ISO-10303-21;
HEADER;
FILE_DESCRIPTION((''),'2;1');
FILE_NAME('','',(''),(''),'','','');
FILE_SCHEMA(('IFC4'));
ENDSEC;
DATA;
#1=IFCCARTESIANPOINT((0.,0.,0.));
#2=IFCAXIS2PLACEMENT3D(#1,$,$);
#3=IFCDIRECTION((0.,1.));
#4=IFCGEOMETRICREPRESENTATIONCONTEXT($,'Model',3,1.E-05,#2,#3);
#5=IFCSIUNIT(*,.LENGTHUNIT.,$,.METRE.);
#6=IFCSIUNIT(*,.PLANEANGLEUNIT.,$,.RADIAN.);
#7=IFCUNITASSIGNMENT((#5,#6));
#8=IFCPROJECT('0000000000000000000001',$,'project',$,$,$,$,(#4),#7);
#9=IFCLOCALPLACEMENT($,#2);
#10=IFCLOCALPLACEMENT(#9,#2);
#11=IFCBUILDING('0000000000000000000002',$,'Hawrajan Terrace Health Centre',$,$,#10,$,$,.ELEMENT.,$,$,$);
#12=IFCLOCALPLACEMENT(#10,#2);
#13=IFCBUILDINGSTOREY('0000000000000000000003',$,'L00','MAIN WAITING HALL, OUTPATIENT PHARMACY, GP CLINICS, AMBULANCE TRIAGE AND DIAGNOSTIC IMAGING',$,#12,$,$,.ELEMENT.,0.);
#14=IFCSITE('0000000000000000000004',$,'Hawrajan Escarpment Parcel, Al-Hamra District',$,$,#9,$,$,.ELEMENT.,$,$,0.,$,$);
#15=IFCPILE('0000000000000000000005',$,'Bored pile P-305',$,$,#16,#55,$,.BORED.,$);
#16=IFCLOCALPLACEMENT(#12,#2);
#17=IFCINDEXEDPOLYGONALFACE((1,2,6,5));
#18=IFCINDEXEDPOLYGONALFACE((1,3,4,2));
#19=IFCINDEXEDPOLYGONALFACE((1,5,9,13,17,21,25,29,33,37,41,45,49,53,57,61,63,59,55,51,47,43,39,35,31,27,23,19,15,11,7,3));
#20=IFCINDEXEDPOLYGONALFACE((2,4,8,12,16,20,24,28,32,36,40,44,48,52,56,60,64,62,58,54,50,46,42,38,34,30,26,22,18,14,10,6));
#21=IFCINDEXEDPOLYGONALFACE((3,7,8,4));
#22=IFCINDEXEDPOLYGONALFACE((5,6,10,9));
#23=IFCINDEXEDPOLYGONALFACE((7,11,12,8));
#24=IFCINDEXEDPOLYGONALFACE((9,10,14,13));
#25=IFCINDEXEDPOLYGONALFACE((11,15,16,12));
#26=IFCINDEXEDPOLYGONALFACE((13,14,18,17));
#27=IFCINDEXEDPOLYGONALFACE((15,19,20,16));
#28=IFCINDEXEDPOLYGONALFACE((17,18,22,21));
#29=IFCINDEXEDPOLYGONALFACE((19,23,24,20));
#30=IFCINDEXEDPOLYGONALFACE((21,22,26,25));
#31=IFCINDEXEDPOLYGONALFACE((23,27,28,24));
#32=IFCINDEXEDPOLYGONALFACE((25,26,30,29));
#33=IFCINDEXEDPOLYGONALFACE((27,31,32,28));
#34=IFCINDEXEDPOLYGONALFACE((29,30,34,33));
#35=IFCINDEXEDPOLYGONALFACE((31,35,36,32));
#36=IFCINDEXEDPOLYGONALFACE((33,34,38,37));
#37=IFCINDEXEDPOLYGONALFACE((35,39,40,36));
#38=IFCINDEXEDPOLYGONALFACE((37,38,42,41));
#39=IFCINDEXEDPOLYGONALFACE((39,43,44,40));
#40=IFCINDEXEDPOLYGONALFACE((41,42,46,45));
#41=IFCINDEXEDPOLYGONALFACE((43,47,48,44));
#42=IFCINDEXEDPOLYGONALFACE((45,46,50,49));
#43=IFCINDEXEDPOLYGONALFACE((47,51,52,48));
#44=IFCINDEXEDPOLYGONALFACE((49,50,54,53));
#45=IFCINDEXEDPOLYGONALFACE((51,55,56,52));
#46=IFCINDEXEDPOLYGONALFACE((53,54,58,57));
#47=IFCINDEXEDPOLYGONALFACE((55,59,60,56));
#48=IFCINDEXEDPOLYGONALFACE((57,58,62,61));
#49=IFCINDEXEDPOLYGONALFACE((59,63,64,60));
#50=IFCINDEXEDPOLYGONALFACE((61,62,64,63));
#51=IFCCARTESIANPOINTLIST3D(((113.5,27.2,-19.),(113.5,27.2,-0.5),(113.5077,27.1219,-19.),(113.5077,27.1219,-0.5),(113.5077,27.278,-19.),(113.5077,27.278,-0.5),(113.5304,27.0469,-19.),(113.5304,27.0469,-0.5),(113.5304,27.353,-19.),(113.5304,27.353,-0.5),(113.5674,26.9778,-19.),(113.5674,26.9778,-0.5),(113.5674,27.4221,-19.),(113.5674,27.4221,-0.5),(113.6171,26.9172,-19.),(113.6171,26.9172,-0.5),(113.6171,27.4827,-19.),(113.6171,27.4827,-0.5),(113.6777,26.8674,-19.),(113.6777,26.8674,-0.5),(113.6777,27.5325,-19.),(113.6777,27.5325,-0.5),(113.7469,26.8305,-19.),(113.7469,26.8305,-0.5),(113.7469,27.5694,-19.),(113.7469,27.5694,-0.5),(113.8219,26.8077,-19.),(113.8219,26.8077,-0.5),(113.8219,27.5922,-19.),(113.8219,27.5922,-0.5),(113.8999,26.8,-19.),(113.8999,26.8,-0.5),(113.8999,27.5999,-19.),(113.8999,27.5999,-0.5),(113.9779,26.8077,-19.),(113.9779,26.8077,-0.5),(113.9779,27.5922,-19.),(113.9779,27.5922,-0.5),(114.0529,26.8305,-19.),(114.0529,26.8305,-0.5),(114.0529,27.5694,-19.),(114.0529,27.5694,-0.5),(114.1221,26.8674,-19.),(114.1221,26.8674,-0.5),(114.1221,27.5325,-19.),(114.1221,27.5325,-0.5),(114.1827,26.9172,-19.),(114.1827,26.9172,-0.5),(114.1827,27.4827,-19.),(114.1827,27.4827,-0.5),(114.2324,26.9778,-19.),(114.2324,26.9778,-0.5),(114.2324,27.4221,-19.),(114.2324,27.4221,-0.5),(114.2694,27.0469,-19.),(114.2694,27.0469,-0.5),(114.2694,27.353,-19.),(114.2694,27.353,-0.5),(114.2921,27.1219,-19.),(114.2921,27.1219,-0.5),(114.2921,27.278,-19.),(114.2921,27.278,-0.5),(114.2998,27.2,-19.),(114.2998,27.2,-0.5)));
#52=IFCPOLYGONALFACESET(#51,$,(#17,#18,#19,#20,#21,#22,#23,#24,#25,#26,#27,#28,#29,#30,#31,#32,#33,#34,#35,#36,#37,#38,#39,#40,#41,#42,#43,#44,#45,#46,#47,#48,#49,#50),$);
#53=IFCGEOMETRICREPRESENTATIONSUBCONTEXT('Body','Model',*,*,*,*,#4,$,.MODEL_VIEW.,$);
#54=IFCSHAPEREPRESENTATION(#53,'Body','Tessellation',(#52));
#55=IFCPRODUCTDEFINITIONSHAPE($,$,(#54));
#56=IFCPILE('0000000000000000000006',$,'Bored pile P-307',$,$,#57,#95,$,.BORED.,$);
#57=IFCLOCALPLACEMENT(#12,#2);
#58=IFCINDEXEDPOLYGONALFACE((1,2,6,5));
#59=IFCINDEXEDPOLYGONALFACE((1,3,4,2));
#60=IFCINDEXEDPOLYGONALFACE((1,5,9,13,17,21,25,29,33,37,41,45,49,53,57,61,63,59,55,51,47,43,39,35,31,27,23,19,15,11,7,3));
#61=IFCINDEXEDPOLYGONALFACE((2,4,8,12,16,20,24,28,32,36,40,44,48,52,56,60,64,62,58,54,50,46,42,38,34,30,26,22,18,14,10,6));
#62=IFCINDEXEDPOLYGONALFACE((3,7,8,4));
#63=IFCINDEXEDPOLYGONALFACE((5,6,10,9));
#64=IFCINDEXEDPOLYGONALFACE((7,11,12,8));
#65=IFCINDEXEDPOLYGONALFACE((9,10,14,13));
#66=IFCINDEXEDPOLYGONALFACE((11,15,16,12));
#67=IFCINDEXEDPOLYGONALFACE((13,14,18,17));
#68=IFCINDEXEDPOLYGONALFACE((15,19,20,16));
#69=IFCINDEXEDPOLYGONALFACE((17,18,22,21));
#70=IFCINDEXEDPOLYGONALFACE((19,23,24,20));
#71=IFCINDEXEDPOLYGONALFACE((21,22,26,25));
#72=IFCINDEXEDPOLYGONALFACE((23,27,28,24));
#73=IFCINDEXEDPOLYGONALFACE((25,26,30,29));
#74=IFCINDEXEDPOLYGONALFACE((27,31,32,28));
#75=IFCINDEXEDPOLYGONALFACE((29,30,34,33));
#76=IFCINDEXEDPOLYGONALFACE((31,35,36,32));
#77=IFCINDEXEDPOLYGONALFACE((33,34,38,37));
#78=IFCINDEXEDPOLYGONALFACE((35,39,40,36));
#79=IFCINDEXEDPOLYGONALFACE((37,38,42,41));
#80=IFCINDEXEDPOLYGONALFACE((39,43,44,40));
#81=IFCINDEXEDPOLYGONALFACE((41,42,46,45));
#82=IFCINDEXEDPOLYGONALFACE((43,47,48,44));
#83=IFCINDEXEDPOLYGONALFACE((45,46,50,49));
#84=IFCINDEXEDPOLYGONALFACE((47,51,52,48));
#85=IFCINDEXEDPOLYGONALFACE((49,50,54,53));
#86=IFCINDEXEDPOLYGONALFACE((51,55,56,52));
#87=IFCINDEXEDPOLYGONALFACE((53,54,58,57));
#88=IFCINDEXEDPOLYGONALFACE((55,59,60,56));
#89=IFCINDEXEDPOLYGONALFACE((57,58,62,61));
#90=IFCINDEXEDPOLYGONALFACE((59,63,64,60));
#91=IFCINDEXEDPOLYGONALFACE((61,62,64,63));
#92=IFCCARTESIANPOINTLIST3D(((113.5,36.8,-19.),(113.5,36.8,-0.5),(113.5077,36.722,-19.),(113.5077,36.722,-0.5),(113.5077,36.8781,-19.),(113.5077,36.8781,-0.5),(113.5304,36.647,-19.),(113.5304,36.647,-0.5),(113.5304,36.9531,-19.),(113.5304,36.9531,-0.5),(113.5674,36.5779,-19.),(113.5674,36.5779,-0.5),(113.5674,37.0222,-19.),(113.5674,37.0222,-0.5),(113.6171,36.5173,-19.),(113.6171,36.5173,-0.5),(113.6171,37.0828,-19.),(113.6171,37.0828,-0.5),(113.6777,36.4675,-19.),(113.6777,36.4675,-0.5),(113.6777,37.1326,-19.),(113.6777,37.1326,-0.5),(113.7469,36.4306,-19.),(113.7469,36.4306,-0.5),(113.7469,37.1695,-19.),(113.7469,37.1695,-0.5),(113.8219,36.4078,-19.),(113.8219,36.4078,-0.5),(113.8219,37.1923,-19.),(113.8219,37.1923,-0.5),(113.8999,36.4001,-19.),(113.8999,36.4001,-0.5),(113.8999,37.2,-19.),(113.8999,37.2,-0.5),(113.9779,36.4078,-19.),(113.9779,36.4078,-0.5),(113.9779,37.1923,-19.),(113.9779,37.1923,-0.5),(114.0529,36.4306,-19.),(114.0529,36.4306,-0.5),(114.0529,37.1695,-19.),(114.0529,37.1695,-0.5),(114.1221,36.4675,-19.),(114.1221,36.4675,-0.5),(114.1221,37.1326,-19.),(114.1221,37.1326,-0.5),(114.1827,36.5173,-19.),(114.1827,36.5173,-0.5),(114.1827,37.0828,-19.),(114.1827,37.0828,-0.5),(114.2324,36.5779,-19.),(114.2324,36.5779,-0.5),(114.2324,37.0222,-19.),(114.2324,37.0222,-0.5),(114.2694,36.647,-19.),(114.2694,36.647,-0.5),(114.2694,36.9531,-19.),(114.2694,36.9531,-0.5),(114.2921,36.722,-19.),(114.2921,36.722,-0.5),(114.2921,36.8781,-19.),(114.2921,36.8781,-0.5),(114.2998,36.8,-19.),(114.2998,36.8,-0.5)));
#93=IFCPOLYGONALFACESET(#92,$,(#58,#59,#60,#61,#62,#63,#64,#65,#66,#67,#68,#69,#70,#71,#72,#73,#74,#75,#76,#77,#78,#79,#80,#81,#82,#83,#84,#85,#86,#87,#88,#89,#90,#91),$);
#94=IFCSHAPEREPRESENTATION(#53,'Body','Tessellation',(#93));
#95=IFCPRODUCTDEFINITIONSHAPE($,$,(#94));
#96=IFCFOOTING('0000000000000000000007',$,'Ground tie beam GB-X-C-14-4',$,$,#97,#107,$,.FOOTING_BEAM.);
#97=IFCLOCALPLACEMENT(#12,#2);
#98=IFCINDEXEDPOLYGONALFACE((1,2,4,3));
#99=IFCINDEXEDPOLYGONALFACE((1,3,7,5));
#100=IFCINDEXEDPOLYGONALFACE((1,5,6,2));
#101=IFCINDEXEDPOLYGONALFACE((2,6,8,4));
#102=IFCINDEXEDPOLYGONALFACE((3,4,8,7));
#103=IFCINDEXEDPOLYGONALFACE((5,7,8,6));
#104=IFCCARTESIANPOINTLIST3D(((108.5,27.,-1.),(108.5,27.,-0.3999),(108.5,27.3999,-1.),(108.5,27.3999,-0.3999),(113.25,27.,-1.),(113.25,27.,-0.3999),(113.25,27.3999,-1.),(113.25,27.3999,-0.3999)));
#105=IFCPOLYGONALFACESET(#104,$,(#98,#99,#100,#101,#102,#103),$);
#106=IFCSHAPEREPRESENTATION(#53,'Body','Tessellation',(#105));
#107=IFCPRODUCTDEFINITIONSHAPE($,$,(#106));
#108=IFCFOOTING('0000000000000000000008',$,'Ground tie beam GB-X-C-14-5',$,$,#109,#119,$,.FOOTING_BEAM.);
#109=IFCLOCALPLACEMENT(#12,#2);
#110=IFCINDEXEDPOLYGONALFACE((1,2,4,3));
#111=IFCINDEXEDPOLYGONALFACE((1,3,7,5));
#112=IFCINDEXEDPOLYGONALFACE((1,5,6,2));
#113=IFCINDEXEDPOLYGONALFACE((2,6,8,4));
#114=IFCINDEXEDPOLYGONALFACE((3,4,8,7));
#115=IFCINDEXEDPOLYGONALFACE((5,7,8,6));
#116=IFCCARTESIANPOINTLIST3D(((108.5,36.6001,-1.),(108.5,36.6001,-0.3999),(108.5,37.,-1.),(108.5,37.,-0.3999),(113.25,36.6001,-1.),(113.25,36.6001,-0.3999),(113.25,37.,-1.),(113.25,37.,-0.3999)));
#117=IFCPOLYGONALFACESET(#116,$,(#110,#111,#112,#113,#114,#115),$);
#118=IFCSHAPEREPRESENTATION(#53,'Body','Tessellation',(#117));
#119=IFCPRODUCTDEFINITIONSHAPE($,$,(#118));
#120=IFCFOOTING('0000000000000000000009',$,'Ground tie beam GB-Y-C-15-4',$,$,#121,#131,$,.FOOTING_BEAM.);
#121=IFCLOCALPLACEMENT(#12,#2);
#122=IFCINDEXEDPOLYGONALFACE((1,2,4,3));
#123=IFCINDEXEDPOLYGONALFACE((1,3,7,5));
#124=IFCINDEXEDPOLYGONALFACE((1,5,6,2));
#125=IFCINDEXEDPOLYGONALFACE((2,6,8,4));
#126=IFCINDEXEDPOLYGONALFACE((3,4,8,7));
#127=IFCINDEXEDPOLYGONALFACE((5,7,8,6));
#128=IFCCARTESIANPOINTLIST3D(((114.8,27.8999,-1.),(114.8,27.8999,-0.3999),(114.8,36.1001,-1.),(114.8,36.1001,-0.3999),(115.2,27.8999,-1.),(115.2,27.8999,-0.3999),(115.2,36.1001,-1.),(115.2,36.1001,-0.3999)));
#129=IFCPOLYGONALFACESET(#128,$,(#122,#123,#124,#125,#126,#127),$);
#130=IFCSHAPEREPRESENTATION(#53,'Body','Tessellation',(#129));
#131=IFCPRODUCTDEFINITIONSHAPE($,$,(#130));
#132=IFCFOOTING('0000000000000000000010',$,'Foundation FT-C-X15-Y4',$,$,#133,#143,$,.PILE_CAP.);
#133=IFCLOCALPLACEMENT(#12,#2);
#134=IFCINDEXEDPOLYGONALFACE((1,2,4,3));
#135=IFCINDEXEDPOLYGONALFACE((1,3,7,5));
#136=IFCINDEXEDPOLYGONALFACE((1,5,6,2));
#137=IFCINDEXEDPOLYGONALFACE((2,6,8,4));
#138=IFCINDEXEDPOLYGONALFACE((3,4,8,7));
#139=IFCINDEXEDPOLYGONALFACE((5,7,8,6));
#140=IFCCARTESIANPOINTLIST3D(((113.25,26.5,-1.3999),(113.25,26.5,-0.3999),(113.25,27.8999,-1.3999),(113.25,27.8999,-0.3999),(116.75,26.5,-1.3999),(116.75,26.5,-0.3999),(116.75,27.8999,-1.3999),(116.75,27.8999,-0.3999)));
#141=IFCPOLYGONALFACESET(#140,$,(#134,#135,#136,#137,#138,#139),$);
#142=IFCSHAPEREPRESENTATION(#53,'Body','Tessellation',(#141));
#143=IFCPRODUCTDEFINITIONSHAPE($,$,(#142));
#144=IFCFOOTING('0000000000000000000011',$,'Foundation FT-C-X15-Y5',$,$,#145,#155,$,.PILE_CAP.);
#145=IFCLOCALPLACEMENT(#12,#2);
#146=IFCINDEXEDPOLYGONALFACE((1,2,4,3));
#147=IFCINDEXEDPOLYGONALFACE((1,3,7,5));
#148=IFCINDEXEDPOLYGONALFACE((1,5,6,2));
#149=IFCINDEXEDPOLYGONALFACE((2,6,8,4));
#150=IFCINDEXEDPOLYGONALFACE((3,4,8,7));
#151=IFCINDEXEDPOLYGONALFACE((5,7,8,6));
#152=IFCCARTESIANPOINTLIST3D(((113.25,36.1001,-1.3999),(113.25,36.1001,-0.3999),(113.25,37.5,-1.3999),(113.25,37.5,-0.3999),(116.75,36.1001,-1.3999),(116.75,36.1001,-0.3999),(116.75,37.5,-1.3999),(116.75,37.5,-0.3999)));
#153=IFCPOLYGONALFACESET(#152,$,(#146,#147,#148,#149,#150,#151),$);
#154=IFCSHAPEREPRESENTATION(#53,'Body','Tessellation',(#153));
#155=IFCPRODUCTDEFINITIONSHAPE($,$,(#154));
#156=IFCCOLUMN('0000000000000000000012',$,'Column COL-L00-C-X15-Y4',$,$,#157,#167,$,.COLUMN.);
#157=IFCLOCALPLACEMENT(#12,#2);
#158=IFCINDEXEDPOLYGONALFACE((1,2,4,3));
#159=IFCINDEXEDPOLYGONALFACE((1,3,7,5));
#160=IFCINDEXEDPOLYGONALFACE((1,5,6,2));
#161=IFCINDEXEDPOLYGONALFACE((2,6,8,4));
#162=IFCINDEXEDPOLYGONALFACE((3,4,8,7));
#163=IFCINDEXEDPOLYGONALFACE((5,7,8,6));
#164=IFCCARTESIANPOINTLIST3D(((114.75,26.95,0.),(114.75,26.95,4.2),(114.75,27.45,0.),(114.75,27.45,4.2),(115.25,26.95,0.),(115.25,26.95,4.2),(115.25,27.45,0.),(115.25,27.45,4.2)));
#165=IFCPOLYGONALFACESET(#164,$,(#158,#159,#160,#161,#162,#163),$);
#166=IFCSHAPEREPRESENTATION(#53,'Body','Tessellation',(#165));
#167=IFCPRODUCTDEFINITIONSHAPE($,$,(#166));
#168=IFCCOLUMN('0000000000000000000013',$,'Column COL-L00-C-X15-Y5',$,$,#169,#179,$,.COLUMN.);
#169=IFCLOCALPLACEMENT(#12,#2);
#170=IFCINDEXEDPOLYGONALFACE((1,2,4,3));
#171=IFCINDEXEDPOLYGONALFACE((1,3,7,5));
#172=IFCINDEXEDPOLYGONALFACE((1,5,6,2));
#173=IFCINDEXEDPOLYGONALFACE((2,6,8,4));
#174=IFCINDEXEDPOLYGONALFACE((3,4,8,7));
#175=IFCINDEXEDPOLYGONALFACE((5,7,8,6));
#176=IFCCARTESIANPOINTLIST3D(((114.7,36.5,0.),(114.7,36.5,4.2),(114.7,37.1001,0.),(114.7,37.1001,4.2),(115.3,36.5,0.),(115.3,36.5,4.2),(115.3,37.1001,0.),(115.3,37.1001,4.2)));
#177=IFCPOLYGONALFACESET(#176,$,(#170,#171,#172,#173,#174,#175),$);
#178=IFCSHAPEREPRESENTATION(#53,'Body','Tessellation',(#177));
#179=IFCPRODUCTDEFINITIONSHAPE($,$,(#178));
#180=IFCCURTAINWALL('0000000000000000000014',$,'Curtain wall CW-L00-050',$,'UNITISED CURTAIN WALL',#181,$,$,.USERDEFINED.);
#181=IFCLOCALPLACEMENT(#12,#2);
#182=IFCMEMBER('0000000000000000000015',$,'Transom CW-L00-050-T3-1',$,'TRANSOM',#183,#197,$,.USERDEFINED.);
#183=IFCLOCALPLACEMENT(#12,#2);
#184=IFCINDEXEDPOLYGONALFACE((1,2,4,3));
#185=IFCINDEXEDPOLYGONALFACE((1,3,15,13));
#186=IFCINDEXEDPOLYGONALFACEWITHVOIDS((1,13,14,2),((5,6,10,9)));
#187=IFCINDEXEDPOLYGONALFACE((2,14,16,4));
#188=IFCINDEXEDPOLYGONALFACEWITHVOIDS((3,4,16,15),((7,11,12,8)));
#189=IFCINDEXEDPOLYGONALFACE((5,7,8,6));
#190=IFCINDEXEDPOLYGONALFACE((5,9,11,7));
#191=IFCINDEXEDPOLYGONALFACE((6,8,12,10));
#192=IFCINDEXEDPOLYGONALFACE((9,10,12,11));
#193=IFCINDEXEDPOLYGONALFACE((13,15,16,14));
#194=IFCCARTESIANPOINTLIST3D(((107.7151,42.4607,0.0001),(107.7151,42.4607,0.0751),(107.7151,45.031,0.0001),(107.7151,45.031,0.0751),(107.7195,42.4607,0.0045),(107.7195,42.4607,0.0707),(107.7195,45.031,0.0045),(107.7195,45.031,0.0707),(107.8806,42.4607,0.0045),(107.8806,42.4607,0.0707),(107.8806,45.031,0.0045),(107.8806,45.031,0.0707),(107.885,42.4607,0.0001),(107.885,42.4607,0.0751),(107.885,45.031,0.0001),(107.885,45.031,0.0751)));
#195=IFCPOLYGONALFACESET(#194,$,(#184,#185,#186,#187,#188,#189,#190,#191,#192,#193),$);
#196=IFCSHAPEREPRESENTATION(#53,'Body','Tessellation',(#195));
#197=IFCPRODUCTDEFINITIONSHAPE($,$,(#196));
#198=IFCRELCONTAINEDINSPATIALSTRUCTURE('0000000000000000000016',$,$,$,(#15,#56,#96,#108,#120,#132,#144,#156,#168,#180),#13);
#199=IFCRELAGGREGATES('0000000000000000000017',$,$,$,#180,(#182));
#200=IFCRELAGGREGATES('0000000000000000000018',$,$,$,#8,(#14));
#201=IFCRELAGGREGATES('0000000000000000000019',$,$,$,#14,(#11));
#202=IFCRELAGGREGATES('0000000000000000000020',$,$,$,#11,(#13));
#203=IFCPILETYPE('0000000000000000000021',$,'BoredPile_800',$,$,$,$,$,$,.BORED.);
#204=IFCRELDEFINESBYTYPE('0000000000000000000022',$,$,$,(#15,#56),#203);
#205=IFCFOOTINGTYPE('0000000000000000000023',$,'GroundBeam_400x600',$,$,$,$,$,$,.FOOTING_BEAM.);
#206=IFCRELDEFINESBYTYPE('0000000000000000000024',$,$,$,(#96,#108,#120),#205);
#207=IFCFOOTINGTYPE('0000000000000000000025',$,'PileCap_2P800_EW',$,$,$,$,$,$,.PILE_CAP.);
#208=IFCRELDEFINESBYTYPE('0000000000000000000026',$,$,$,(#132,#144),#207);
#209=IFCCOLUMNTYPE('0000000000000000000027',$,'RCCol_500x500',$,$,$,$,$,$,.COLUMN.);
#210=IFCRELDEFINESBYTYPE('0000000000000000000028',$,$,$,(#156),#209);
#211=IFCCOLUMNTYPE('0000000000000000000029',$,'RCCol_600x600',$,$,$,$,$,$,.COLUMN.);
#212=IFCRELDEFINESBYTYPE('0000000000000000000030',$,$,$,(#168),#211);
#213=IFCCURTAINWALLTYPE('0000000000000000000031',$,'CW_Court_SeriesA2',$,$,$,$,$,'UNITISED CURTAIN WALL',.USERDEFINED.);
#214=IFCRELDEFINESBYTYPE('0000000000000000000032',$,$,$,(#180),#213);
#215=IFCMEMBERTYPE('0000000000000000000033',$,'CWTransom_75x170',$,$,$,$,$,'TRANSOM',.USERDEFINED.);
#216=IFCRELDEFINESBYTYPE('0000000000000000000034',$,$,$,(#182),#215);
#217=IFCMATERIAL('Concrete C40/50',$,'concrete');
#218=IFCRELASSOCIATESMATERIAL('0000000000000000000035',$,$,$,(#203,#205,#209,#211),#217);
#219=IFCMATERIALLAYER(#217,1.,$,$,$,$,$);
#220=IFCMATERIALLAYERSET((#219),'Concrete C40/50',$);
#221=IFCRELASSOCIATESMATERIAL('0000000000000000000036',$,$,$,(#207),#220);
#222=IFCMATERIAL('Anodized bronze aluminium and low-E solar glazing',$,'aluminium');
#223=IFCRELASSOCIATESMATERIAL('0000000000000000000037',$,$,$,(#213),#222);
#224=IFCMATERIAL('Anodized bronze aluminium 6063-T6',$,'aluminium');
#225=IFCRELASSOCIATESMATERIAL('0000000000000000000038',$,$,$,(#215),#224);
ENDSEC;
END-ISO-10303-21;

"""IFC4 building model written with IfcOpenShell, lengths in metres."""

from ifc_helpers import new_model, si_unit, direction, frame, origin, origin_2d, place, context, subcontext, project, spatial, rectangle, hollow_rectangle, circle, extrude, material, layer, layer_set, material_profile, profile_set, type_object, element, aggregate, save


model = new_model("IFC4")

# Units and contexts
model_context = context("Model", 3, precision=1e-05, world=origin(), true_north=direction((0.0, 1.0)))
body_context = subcontext(model_context, "Body", "Model", "MODEL_VIEW")
ifc_project = project(units=[si_unit("LENGTHUNIT", "METRE"), si_unit("PLANEANGLEUNIT", "RADIAN")], contexts=[model_context])

# Site, building, storey
site_placement = place(None, origin())
site = spatial("IfcSite", under=ifc_project, at=site_placement, Name="Hawrajan Escarpment Parcel, Al-Hamra District", CompositionType="ELEMENT", RefElevation=0.0)
building_placement = place(site_placement, origin())
building = spatial("IfcBuilding", under=site, at=building_placement, Name="Hawrajan Terrace Health Centre", CompositionType="ELEMENT")
storey_placement = place(building_placement, origin())
storey = spatial("IfcBuildingStorey", under=building, at=storey_placement, Name="L00", Description="MAIN WAITING HALL, OUTPATIENT PHARMACY, GP CLINICS, AMBULANCE TRIAGE AND DIAGNOSTIC IMAGING", CompositionType="ELEMENT", Elevation=0.0)

# Piles
ifc_material_1 = material(Name="Concrete C40/50", Category="concrete")
ifc_material_profile_1 = material_profile(ifc_material_1, circle(Radius=0.3999, at=origin_2d()), Name="BP 800")
ifc_profile_set_1 = profile_set([ifc_material_profile_1], Name="Concrete C40/50")
pile_type = type_object("IfcPileType", Name="BoredPile_800", PredefinedType="BORED", material=ifc_profile_set_1)
for number, where, z_axis, x_axis, name in (
    (1, (113.8999, 27.2, -0.5), (0.0, 0.0, -1.0), (1.0, 0.0, 0.0), "Bored pile P-305"),
    (2, (113.8999, 36.8, -0.5), (0.0, 0.0, -1.0), (1.0, 0.0, 0.0), "Bored pile P-307"),
):
    element("IfcPile", number, at=place(storey_placement, frame(where, z_axis=z_axis, x_axis=x_axis)), inside=storey, type_object=pile_type, Name=name, PredefinedType="BORED", context=body_context, shape_type="SweptSolid", body=[
        extrude(circle(Radius=0.3999, at=origin_2d()), origin(), (0.0, 0.0, 1.0), 18.5),
    ])

# Footings
ifc_material_profile_2 = material_profile(ifc_material_1, rectangle(XDim=0.3999, YDim=0.6001, at=origin_2d()), Name="RC BM 400x600")
ifc_profile_set_2 = profile_set([ifc_material_profile_2], Name="Concrete C40/50")
footing_type_1 = type_object("IfcFootingType", Name="GroundBeam_400x600", PredefinedType="FOOTING_BEAM", material=ifc_profile_set_2)
for number, where, z_axis, x_axis, name in (
    (3, (108.5, 27.2, -0.7), (1.0, 0.0, 0.0), (0.0, 1.0, 0.0), "Ground tie beam GB-X-C-14-4"),
    (4, (108.5, 36.8, -0.7), (1.0, 0.0, 0.0), (0.0, 1.0, 0.0), "Ground tie beam GB-X-C-14-5"),
):
    element("IfcFooting", number, at=place(storey_placement, frame(where, z_axis=z_axis, x_axis=x_axis)), inside=storey, type_object=footing_type_1, Name=name, PredefinedType="FOOTING_BEAM", context=body_context, shape_type="SweptSolid", body=[
        extrude(rectangle(XDim=0.3999, YDim=0.6001, at=origin_2d()), origin(), (0.0, 0.0, 1.0), 4.75),
    ])
footing_placement = place(storey_placement, frame((115.0, 27.8999, -0.7), z_axis=(0.0, 1.0, 0.0), x_axis=(-1.0, 0.0, 0.0)))
element("IfcFooting", 5, at=footing_placement, inside=storey, type_object=footing_type_1, Name="Ground tie beam GB-Y-C-15-4", PredefinedType="FOOTING_BEAM", context=body_context, shape_type="SweptSolid", body=[
    extrude(rectangle(XDim=0.3999, YDim=0.6001, at=origin_2d()), origin(), (0.0, 0.0, 1.0), 8.2002),
])
ifc_layer_1 = layer(ifc_material_1, 1.0)
ifc_layer_set_1 = layer_set([ifc_layer_1], Name="Concrete C40/50")
footing_type_2 = type_object("IfcFootingType", Name="PileCap_2P800_EW", PredefinedType="PILE_CAP", material=ifc_layer_set_1)
for number, where, z_axis, x_axis, name in (
    (6, (115.0, 27.2, -1.3999), (0.0, 0.0, 1.0), (1.0, 0.0, 0.0), "Foundation FT-C-X15-Y4"),
    (7, (115.0, 36.8, -1.3999), (0.0, 0.0, 1.0), (1.0, 0.0, 0.0), "Foundation FT-C-X15-Y5"),
):
    element("IfcFooting", number, at=place(storey_placement, frame(where, z_axis=z_axis, x_axis=x_axis)), inside=storey, type_object=footing_type_2, Name=name, PredefinedType="PILE_CAP", context=body_context, shape_type="SweptSolid", body=[
        extrude(rectangle(XDim=3.5, YDim=1.3999, at=origin_2d()), origin(), (0.0, 0.0, 1.0), 1.0),
    ])

# Columns
ifc_material_profile_3 = material_profile(ifc_material_1, rectangle(XDim=0.5, YDim=0.5, at=origin_2d()), Name="RC 500x500")
ifc_profile_set_3 = profile_set([ifc_material_profile_3], Name="Concrete C40/50")
column_type_1 = type_object("IfcColumnType", Name="RCCol_500x500", PredefinedType="COLUMN", material=ifc_profile_set_3)
column_1_placement = place(storey_placement, frame((115.0, 27.2, 0.0), z_axis=(0.0, 0.0, 1.0), x_axis=(1.0, 0.0, 0.0)))
element("IfcColumn", 8, at=column_1_placement, inside=storey, type_object=column_type_1, Name="Column COL-L00-C-X15-Y4", PredefinedType="COLUMN", context=body_context, shape_type="SweptSolid", body=[
    extrude(rectangle(XDim=0.5, YDim=0.5, at=origin_2d()), origin(), (0.0, 0.0, 1.0), 4.2),
])
ifc_material_profile_4 = material_profile(ifc_material_1, rectangle(XDim=0.6001, YDim=0.6001, at=origin_2d()), Name="RC 600x600")
ifc_profile_set_4 = profile_set([ifc_material_profile_4], Name="Concrete C40/50")
column_type_2 = type_object("IfcColumnType", Name="RCCol_600x600", PredefinedType="COLUMN", material=ifc_profile_set_4)
column_2_placement = place(storey_placement, frame((115.0, 36.8, 0.0), z_axis=(0.0, 0.0, 1.0), x_axis=(1.0, 0.0, 0.0)))
element("IfcColumn", 9, at=column_2_placement, inside=storey, type_object=column_type_2, Name="Column COL-L00-C-X15-Y5", PredefinedType="COLUMN", context=body_context, shape_type="SweptSolid", body=[
    extrude(rectangle(XDim=0.6001, YDim=0.6001, at=origin_2d()), origin(), (0.0, 0.0, 1.0), 4.2),
])

# Curtain wall, member
ifc_material_2 = material(Name="Anodized bronze aluminium and low-E solar glazing", Category="aluminium")
curtain_wall_type = type_object("IfcCurtainWallType", Name="CW_Court_SeriesA2", ElementType="UNITISED CURTAIN WALL", PredefinedType="USERDEFINED", material=ifc_material_2)
curtain_wall_placement = place(storey_placement, origin())
curtain_wall = element("IfcCurtainWall", 10, at=curtain_wall_placement, inside=storey, type_object=curtain_wall_type, Name="Curtain wall CW-L00-050", ObjectType="UNITISED CURTAIN WALL", PredefinedType="USERDEFINED")
ifc_material_3 = material(Name="Anodized bronze aluminium 6063-T6", Category="aluminium")
ifc_material_profile_5 = material_profile(ifc_material_3, hollow_rectangle(XDim=0.075, YDim=0.1699, WallThickness=0.0044, at=origin_2d()), Name="CW TRN 75x170")
ifc_profile_set_5 = profile_set([ifc_material_profile_5], Name="Anodized bronze aluminium 6063-T6")
member_type = type_object("IfcMemberType", Name="CWTransom_75x170", ElementType="TRANSOM", PredefinedType="USERDEFINED", material=ifc_profile_set_5)
member_1_placement = place(storey_placement, frame((107.8, 42.4607, 0.0376), z_axis=(0.0, 1.0, 0.0), x_axis=(0.0, 0.0, 1.0)))
member_1 = element("IfcMember", 11, at=member_1_placement, type_object=member_type, Name="Transom CW-L00-050-T3-1", ObjectType="TRANSOM", PredefinedType="USERDEFINED", context=body_context, shape_type="SweptSolid", body=[
    extrude(hollow_rectangle(XDim=0.075, YDim=0.1699, WallThickness=0.0044, at=origin_2d()), origin(), (0.0, 0.0, 1.0), 2.5703),
])
aggregate(curtain_wall, [member_1])

save(model, "model.ifc")
